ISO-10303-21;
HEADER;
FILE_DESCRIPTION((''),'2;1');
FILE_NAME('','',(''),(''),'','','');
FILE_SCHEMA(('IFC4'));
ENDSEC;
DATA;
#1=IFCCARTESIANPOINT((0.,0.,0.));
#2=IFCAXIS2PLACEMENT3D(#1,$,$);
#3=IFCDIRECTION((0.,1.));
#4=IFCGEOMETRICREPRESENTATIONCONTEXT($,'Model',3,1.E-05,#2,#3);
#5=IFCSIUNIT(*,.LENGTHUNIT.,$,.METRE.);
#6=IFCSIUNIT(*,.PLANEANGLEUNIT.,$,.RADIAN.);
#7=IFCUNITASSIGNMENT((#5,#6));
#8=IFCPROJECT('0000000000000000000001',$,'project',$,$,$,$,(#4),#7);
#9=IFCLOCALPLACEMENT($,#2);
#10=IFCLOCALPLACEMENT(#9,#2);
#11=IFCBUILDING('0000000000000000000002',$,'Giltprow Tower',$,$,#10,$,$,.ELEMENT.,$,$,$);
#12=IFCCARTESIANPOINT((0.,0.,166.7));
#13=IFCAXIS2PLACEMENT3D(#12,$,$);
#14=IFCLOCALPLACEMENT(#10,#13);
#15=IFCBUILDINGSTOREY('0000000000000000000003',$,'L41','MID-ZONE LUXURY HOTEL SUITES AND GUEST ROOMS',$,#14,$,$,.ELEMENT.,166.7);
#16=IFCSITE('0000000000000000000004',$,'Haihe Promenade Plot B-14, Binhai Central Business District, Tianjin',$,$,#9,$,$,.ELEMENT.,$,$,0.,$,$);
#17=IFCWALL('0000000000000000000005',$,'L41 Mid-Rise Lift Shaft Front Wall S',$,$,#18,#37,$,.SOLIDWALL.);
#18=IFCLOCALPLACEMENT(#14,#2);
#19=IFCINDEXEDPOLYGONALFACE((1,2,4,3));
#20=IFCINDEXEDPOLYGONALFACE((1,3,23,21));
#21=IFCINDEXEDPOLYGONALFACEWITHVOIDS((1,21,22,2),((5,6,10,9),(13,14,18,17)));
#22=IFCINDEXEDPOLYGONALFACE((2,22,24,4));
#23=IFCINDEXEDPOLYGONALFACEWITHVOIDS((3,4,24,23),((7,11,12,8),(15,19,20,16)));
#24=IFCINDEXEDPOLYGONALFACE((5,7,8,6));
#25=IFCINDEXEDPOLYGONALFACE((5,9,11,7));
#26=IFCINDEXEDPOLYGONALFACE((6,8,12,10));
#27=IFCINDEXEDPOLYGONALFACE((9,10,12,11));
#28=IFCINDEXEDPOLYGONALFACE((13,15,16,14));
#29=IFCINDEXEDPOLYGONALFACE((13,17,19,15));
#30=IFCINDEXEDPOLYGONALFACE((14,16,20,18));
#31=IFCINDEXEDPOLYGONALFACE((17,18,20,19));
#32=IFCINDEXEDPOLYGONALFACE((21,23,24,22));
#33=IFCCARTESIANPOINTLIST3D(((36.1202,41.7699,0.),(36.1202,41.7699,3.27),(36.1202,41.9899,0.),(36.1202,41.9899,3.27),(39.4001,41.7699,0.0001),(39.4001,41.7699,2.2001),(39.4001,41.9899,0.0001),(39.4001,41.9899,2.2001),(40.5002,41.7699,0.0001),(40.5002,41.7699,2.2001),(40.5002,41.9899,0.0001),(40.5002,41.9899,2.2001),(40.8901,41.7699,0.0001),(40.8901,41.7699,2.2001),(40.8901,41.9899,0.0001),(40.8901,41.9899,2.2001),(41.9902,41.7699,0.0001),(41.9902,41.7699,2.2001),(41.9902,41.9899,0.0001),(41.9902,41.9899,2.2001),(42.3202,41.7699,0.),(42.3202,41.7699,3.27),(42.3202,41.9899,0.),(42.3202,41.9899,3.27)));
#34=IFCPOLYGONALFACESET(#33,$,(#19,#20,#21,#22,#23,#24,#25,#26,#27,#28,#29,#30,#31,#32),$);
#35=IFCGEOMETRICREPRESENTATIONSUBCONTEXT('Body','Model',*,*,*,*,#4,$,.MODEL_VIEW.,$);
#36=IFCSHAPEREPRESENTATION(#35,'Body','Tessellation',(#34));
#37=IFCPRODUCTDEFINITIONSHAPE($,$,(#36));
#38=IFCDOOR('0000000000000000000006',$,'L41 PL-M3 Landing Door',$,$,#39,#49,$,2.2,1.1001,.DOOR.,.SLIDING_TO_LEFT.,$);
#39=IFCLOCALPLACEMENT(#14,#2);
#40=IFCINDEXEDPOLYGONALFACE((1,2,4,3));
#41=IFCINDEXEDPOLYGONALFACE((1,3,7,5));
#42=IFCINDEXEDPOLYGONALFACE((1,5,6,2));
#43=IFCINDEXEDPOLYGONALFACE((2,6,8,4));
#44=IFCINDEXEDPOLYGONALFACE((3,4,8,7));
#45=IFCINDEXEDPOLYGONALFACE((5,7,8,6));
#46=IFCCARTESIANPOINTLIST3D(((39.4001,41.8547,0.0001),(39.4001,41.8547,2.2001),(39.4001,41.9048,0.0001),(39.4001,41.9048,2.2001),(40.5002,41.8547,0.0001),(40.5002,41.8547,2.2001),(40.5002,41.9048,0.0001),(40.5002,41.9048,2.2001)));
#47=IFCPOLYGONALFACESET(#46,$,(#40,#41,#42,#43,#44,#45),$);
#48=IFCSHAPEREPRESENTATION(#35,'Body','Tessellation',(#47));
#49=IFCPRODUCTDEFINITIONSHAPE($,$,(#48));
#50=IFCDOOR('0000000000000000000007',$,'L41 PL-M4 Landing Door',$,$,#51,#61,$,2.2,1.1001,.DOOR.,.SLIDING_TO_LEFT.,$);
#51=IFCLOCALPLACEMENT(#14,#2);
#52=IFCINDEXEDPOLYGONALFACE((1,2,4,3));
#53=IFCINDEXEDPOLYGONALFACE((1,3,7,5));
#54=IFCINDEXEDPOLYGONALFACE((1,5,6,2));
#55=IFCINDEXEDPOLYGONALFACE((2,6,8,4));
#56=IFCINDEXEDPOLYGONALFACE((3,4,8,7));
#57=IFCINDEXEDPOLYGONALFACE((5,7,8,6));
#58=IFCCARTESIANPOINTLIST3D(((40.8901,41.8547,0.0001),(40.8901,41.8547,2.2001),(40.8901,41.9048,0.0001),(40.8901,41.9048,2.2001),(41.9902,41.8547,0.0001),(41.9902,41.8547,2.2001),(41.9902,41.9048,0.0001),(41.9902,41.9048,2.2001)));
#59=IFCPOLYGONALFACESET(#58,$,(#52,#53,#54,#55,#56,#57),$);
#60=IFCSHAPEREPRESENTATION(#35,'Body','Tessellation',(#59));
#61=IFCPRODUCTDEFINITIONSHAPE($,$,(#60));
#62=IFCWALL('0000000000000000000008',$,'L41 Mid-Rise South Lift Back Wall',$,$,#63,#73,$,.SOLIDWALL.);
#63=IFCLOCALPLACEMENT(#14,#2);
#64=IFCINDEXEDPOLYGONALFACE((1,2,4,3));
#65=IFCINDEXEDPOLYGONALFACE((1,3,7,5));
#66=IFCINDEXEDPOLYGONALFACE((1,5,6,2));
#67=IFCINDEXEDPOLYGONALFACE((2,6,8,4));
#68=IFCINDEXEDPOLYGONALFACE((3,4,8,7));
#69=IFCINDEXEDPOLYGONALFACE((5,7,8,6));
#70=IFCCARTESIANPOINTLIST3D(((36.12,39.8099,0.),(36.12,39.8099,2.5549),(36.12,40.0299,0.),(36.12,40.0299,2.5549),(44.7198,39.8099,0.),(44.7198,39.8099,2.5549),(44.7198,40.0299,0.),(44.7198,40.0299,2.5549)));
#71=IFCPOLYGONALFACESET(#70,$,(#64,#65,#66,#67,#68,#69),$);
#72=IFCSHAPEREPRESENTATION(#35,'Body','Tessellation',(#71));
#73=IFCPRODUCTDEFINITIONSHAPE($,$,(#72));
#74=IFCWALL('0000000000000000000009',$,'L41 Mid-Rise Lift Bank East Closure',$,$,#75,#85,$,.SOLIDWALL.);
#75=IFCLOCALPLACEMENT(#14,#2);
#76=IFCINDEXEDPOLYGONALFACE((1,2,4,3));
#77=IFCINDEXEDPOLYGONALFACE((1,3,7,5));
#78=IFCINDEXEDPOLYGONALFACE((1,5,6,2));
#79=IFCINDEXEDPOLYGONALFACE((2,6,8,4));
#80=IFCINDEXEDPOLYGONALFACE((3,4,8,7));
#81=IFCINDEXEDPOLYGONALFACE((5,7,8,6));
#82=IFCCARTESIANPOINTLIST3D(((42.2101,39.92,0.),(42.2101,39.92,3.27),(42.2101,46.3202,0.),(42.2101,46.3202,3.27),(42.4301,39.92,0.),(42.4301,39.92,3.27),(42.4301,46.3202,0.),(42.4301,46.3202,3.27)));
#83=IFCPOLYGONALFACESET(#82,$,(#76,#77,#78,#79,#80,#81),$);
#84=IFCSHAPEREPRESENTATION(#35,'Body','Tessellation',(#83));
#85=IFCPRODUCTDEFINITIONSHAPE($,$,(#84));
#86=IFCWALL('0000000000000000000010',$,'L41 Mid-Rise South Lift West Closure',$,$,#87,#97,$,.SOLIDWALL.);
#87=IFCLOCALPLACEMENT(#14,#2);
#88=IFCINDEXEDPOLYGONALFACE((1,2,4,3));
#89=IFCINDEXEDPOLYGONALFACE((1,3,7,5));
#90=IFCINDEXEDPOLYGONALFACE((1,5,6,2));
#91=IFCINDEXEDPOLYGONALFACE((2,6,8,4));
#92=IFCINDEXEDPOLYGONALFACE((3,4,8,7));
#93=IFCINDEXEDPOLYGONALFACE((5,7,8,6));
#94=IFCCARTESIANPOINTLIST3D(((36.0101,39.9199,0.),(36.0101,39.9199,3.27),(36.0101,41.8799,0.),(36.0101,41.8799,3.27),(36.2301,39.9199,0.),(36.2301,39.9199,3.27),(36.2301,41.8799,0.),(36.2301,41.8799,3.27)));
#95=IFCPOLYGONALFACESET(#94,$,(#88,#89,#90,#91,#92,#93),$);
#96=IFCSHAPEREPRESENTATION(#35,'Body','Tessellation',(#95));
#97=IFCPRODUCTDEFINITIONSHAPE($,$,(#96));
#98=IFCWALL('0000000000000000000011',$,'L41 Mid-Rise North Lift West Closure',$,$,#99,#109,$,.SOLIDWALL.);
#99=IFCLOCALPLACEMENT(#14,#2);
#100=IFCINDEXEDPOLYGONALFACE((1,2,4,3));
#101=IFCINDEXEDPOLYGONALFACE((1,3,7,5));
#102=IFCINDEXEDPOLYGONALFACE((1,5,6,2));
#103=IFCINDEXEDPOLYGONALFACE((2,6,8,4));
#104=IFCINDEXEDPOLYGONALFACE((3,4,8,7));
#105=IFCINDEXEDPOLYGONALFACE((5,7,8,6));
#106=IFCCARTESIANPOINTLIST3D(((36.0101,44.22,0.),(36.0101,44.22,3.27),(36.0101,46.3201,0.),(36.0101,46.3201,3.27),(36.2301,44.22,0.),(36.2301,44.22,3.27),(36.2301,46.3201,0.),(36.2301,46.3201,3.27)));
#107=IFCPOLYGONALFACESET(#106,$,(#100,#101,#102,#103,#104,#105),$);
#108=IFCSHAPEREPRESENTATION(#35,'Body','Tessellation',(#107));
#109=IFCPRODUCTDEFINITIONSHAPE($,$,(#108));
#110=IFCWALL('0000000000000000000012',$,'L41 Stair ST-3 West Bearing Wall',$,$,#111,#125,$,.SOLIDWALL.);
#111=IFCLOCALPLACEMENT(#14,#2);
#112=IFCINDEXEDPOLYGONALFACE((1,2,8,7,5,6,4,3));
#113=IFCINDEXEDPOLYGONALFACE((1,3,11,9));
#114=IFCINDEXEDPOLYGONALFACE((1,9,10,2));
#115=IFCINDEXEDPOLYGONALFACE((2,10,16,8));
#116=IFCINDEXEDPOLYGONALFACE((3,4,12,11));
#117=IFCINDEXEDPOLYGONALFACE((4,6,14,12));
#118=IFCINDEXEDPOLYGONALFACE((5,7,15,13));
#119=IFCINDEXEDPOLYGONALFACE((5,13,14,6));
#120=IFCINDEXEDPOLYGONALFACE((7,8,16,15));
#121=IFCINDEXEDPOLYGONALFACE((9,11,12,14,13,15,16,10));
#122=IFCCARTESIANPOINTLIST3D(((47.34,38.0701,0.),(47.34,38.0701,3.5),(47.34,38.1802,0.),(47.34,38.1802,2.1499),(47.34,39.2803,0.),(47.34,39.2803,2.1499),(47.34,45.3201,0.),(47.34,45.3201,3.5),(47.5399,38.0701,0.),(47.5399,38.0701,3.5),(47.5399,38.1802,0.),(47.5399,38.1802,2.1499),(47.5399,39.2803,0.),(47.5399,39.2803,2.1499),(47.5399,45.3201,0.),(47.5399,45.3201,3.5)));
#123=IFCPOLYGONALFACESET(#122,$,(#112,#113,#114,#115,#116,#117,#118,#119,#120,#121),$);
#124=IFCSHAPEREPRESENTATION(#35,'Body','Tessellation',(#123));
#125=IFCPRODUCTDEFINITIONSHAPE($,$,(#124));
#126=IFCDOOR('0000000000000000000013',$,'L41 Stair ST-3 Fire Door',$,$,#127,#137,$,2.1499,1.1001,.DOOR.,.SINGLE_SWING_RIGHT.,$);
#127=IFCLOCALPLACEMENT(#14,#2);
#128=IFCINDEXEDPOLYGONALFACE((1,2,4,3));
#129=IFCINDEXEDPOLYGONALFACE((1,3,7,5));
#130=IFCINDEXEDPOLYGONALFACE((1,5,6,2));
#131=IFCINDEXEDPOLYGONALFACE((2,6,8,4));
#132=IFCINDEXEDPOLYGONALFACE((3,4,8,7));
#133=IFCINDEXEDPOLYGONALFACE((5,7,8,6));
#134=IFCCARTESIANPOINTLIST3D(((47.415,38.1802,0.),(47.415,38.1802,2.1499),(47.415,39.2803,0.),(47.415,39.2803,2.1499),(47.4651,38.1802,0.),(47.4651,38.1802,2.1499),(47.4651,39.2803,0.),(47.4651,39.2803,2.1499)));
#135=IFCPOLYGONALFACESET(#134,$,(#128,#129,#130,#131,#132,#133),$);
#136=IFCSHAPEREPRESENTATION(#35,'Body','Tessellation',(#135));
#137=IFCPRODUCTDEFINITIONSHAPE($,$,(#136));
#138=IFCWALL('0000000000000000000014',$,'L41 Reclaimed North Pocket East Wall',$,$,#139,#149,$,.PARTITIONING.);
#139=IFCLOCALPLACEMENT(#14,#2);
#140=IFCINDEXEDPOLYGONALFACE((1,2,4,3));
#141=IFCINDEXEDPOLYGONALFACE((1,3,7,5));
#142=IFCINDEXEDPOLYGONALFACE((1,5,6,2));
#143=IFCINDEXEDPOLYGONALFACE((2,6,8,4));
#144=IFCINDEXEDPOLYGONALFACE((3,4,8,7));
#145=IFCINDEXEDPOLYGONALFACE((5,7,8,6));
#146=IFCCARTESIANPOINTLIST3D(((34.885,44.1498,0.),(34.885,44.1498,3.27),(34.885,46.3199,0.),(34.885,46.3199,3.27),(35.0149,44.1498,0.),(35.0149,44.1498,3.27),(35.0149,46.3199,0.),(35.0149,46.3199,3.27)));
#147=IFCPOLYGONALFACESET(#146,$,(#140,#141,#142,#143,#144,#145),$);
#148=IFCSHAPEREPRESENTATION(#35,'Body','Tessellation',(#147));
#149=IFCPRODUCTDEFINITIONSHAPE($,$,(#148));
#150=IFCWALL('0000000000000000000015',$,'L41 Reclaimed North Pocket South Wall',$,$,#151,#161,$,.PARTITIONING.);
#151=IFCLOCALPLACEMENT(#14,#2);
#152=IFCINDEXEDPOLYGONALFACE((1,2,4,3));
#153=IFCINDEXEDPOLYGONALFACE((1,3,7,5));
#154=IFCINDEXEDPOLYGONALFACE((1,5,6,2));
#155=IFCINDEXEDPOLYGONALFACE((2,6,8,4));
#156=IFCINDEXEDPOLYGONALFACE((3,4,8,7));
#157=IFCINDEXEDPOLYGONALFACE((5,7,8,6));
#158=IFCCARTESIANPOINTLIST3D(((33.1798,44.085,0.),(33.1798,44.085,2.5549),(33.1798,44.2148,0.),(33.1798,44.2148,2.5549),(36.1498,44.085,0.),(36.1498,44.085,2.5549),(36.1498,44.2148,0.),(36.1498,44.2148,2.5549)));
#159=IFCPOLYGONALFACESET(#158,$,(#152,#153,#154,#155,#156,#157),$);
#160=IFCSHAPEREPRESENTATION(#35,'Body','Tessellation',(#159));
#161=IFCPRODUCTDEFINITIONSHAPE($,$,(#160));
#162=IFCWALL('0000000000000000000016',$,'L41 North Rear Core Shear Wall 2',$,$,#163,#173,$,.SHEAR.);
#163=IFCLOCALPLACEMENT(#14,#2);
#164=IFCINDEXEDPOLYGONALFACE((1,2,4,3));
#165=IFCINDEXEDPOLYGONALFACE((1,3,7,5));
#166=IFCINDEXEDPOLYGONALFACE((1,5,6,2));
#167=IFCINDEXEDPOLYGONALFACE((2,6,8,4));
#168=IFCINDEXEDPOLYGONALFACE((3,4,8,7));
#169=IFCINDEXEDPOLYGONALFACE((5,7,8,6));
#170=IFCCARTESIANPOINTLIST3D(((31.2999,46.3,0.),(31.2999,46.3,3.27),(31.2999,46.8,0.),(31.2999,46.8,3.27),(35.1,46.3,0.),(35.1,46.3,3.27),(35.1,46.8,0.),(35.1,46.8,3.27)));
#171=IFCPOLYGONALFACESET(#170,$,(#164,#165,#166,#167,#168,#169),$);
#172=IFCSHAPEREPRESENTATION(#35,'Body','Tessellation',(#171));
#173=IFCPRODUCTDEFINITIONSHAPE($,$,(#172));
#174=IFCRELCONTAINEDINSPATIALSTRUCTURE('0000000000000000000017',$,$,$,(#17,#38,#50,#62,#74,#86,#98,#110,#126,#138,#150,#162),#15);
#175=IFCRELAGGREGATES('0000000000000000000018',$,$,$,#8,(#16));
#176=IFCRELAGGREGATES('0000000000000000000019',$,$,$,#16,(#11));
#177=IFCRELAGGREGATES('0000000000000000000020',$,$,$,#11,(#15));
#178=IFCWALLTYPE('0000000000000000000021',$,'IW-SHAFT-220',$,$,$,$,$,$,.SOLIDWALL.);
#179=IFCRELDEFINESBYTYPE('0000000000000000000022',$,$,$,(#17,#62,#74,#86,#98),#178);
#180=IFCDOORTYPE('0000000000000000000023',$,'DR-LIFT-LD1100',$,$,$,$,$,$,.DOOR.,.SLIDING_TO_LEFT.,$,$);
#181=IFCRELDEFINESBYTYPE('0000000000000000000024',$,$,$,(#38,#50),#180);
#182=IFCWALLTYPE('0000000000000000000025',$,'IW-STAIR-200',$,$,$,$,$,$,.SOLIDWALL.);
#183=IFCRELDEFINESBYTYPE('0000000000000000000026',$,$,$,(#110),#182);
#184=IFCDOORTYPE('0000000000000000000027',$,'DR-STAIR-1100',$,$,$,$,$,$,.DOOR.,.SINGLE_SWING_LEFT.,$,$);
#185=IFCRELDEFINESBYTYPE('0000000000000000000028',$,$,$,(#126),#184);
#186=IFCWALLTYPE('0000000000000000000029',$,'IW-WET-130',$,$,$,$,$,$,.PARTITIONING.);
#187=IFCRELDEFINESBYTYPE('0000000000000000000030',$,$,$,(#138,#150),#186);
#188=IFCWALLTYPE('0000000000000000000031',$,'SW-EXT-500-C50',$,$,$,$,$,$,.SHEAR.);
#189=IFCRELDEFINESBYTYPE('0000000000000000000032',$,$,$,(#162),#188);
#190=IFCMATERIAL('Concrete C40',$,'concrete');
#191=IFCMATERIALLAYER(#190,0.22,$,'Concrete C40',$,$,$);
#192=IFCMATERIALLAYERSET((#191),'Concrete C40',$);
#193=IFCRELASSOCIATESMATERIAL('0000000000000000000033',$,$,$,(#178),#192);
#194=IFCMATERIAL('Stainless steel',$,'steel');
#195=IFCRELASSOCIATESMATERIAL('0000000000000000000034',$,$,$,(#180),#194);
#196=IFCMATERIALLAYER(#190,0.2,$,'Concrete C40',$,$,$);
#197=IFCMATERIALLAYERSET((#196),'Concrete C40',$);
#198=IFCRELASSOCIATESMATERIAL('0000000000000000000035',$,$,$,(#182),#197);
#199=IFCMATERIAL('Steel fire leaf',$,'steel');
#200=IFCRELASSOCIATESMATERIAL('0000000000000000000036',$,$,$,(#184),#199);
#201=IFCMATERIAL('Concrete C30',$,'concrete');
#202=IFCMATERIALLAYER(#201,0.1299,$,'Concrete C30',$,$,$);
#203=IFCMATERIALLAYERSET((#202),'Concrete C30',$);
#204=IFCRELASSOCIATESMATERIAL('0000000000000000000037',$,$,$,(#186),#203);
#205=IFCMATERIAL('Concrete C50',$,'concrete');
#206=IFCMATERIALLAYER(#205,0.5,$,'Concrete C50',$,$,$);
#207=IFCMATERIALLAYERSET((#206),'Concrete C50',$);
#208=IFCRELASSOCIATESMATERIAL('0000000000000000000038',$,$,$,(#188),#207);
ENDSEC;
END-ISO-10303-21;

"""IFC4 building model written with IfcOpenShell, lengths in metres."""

from ifc_helpers import new_model, si_unit, direction, frame, frame_2d, origin, place, context, subcontext, project, spatial, rectangle, extrude, source, transform, mapped, material, layer, layer_set, type_object, element, fill, save


model = new_model("IFC4")

# Units and contexts
model_context = context("Model", 3, precision=1e-05, world=origin(), true_north=direction((0.0, 1.0)))
body_context = subcontext(model_context, "Body", "Model", "MODEL_VIEW")
ifc_project = project(units=[si_unit("LENGTHUNIT", "METRE"), si_unit("PLANEANGLEUNIT", "RADIAN")], contexts=[model_context])

# Site, building, storey
site_placement = place(None, origin())
site = spatial("IfcSite", under=ifc_project, at=site_placement, Name="Haihe Promenade Plot B-14, Binhai Central Business District, Tianjin", CompositionType="ELEMENT", RefElevation=0.0)
building_placement = place(site_placement, origin())
building = spatial("IfcBuilding", under=site, at=building_placement, Name="Giltprow Tower", CompositionType="ELEMENT")
storey_placement = place(building_placement, frame((0.0, 0.0, 166.7)))
storey = spatial("IfcBuildingStorey", under=building, at=storey_placement, Name="L41", Description="MID-ZONE LUXURY HOTEL SUITES AND GUEST ROOMS", CompositionType="ELEMENT", Elevation=166.7)

# Shared definitions
ifc_material_1 = material(Name="Concrete C50", Category="concrete")

# Shared definitions
ifc_material_2 = material(Name="Concrete C40", Category="concrete")
ifc_layer_1 = layer(ifc_material_2, 0.22, Name="Concrete C40")
ifc_layer_set_1 = layer_set([ifc_layer_1], Name="Concrete C40")
wall_type_1 = type_object("IfcWallType", Name="IW-SHAFT-220", PredefinedType="SOLIDWALL", material=ifc_layer_set_1)
ifc_material_3 = material(Name="Stainless steel", Category="steel")
door_type_1 = type_object("IfcDoorType", Name="DR-LIFT-LD1100", OperationType="SLIDING_TO_LEFT", PredefinedType="DOOR", material=ifc_material_3)
shared_shape_1 = source(origin(), body_context, "Body", "SweptSolid", [
    extrude(rectangle(XDim=1.1001, YDim=2.2, at=frame_2d((0.55, 1.1001))), frame((0.0, 0.0249, 0.0), z_axis=(0.0, -1.0, 0.0), x_axis=(1.0, 0.0, 0.0)), (0.0, 0.0, 1.0), 0.05),
])

# Wall, openings, doors
wall_1_placement = place(storey_placement, frame((36.1201, 41.8799, 0.0), z_axis=(0.0, 0.0, 1.0), x_axis=(1.0, 0.0, 0.0)))
wall_1 = element("IfcWall", 1, at=wall_1_placement, inside=storey, type_object=wall_type_1, Name="L41 Mid-Rise Lift Shaft Front Wall S", PredefinedType="SOLIDWALL", context=body_context, shape_type="SweptSolid", body=[
    extrude(rectangle(XDim=6.2, YDim=0.22, at=frame_2d((3.1001, 0.0))), origin(), (0.0, 0.0, 1.0), 3.27),
])
opening_1_placement = place(wall_1_placement, frame((3.28, 0.0, 0.0)))
opening_1 = element("IfcOpeningElement", 2, at=opening_1_placement, cuts=wall_1, PredefinedType="OPENING", context=body_context, shape_type="SweptSolid", body=[
    extrude(rectangle(XDim=1.1001, YDim=2.2, at=frame_2d((0.55, 1.1001))), frame((0.0, 0.1199, 0.0), z_axis=(0.0, -1.0, 0.0), x_axis=(1.0, 0.0, 0.0)), (0.0, 0.0, 1.0), 0.24),
])
opening_2_placement = place(wall_1_placement, frame((4.77, 0.0, 0.0)))
opening_2 = element("IfcOpeningElement", 3, at=opening_2_placement, cuts=wall_1, PredefinedType="OPENING", context=body_context, shape_type="SweptSolid", body=[
    extrude(rectangle(XDim=1.1001, YDim=2.2, at=frame_2d((0.55, 1.1001))), frame((0.0, 0.1199, 0.0), z_axis=(0.0, -1.0, 0.0), x_axis=(1.0, 0.0, 0.0)), (0.0, 0.0, 1.0), 0.24),
])
door_1_placement = place(opening_1_placement, origin())
door_1 = element("IfcDoor", 4, at=door_1_placement, inside=storey, type_object=door_type_1, Name="L41 PL-M3 Landing Door", OperationType="SLIDING_TO_LEFT", OverallHeight=2.2, OverallWidth=1.1001, PredefinedType="DOOR", context=body_context, shape_type="MappedRepresentation", body=[
    mapped(shared_shape_1, transform((0.0, 0.0, 0.0), x_axis=(1.0, 0.0, 0.0), y_axis=(0.0, 1.0, 0.0), z_axis=(0.0, 0.0, 1.0), scale=1.0)),
])
fill(opening_1, door_1)
door_2_placement = place(opening_2_placement, origin())
door_2 = element("IfcDoor", 5, at=door_2_placement, inside=storey, type_object=door_type_1, Name="L41 PL-M4 Landing Door", OperationType="SLIDING_TO_LEFT", OverallHeight=2.2, OverallWidth=1.1001, PredefinedType="DOOR", context=body_context, shape_type="MappedRepresentation", body=[
    mapped(shared_shape_1, transform((0.0, 0.0, 0.0), x_axis=(1.0, 0.0, 0.0), y_axis=(0.0, 1.0, 0.0), z_axis=(0.0, 0.0, 1.0), scale=1.0)),
])
fill(opening_2, door_2)

# Walls
wall_2_placement = place(storey_placement, frame((36.1201, 39.9199, 0.0), z_axis=(0.0, 0.0, 1.0), x_axis=(1.0, 0.0, 0.0)))
element("IfcWall", 6, at=wall_2_placement, inside=storey, type_object=wall_type_1, Name="L41 Mid-Rise South Lift Back Wall", PredefinedType="SOLIDWALL", context=body_context, shape_type="SweptSolid", body=[
    extrude(rectangle(XDim=8.5999, YDim=0.22, at=frame_2d((4.2998, 0.0))), origin(), (0.0, 0.0, 1.0), 2.5549),
])
wall_3_placement = place(storey_placement, frame((42.3201, 39.9199, 0.0), z_axis=(0.0, 0.0, 1.0), x_axis=(0.0, 1.0, 0.0)))
element("IfcWall", 7, at=wall_3_placement, inside=storey, type_object=wall_type_1, Name="L41 Mid-Rise Lift Bank East Closure", PredefinedType="SOLIDWALL", context=body_context, shape_type="SweptSolid", body=[
    extrude(rectangle(XDim=6.4001, YDim=0.22, at=frame_2d((3.2002, 0.0))), origin(), (0.0, 0.0, 1.0), 3.27),
])
wall_4_placement = place(storey_placement, frame((36.1201, 39.9199, 0.0), z_axis=(0.0, 0.0, 1.0), x_axis=(0.0, 1.0, 0.0)))
element("IfcWall", 8, at=wall_4_placement, inside=storey, type_object=wall_type_1, Name="L41 Mid-Rise South Lift West Closure", PredefinedType="SOLIDWALL", context=body_context, shape_type="SweptSolid", body=[
    extrude(rectangle(XDim=1.96, YDim=0.22, at=frame_2d((0.98, 0.0))), origin(), (0.0, 0.0, 1.0), 3.27),
])
wall_5_placement = place(storey_placement, frame((36.1201, 44.22, 0.0), z_axis=(0.0, 0.0, 1.0), x_axis=(0.0, 1.0, 0.0)))
element("IfcWall", 9, at=wall_5_placement, inside=storey, type_object=wall_type_1, Name="L41 Mid-Rise North Lift West Closure", PredefinedType="SOLIDWALL", context=body_context, shape_type="SweptSolid", body=[
    extrude(rectangle(XDim=2.1001, YDim=0.22, at=frame_2d((1.05, 0.0))), origin(), (0.0, 0.0, 1.0), 3.27),
])

# Wall, opening, door
ifc_layer_2 = layer(ifc_material_2, 0.2, Name="Concrete C40")
ifc_layer_set_2 = layer_set([ifc_layer_2], Name="Concrete C40")
wall_type_2 = type_object("IfcWallType", Name="IW-STAIR-200", PredefinedType="SOLIDWALL", material=ifc_layer_set_2)
wall_6_placement = place(storey_placement, frame((47.4399, 38.0701, 0.0), z_axis=(0.0, 0.0, 1.0), x_axis=(0.0, 1.0, 0.0)))
wall_6 = element("IfcWall", 10, at=wall_6_placement, inside=storey, type_object=wall_type_2, Name="L41 Stair ST-3 West Bearing Wall", PredefinedType="SOLIDWALL", context=body_context, shape_type="SweptSolid", body=[
    extrude(rectangle(XDim=7.25, YDim=0.2, at=frame_2d((3.625, 0.0))), origin(), (0.0, 0.0, 1.0), 3.5),
])
opening_3_placement = place(wall_6_placement, frame((0.1101, 0.0, 0.0)))
opening_3 = element("IfcOpeningElement", 11, at=opening_3_placement, cuts=wall_6, PredefinedType="OPENING", context=body_context, shape_type="SweptSolid", body=[
    extrude(rectangle(XDim=1.1001, YDim=2.1499, at=frame_2d((0.55, 1.075))), frame((0.0, 0.1099, 0.0), z_axis=(0.0, -1.0, 0.0), x_axis=(1.0, 0.0, 0.0)), (0.0, 0.0, 1.0), 0.22),
])
ifc_material_4 = material(Name="Steel fire leaf", Category="steel")
door_type_2 = type_object("IfcDoorType", Name="DR-STAIR-1100", OperationType="SINGLE_SWING_LEFT", PredefinedType="DOOR", material=ifc_material_4)
shared_shape_2 = source(origin(), body_context, "Body", "SweptSolid", [
    extrude(rectangle(XDim=1.1001, YDim=2.1499, at=frame_2d((0.55, 1.075))), frame((0.0, 0.0249, 0.0), z_axis=(0.0, -1.0, 0.0), x_axis=(1.0, 0.0, 0.0)), (0.0, 0.0, 1.0), 0.05),
])
door_3_placement = place(opening_3_placement, origin())
door_3 = element("IfcDoor", 12, at=door_3_placement, inside=storey, type_object=door_type_2, Name="L41 Stair ST-3 Fire Door", OperationType="SINGLE_SWING_RIGHT", OverallHeight=2.1499, OverallWidth=1.1001, PredefinedType="DOOR", context=body_context, shape_type="MappedRepresentation", body=[
    mapped(shared_shape_2, transform((0.0, 0.0, 0.0), x_axis=(1.0, 0.0, 0.0), y_axis=(0.0, 1.0, 0.0), z_axis=(0.0, 0.0, 1.0), scale=1.0)),
])
fill(opening_3, door_3)

# Walls
ifc_material_5 = material(Name="Concrete C30", Category="concrete")
ifc_layer_3 = layer(ifc_material_5, 0.1299, Name="Concrete C30")
ifc_layer_set_3 = layer_set([ifc_layer_3], Name="Concrete C30")
wall_type_3 = type_object("IfcWallType", Name="IW-WET-130", PredefinedType="PARTITIONING", material=ifc_layer_set_3)
wall_7_placement = place(storey_placement, frame((34.95, 44.1499, 0.0), z_axis=(0.0, 0.0, 1.0), x_axis=(0.0, 1.0, 0.0)))
element("IfcWall", 13, at=wall_7_placement, inside=storey, type_object=wall_type_3, Name="L41 Reclaimed North Pocket East Wall", PredefinedType="PARTITIONING", context=body_context, shape_type="SweptSolid", body=[
    extrude(rectangle(XDim=2.1702, YDim=0.1299, at=frame_2d((1.085, 0.0))), origin(), (0.0, 0.0, 1.0), 3.27),
])
wall_8_placement = place(storey_placement, frame((33.1799, 44.1499, 0.0), z_axis=(0.0, 0.0, 1.0), x_axis=(1.0, 0.0, 0.0)))
element("IfcWall", 14, at=wall_8_placement, inside=storey, type_object=wall_type_3, Name="L41 Reclaimed North Pocket South Wall", PredefinedType="PARTITIONING", context=body_context, shape_type="SweptSolid", body=[
    extrude(rectangle(XDim=2.97, YDim=0.1299, at=frame_2d((1.4849, 0.0))), origin(), (0.0, 0.0, 1.0), 2.5549),
])
ifc_layer_4 = layer(ifc_material_1, 0.5, Name="Concrete C50")
ifc_layer_set_4 = layer_set([ifc_layer_4], Name="Concrete C50")
wall_type_4 = type_object("IfcWallType", Name="SW-EXT-500-C50", PredefinedType="SHEAR", material=ifc_layer_set_4)
wall_9_placement = place(storey_placement, frame((31.3, 46.55, 0.0), z_axis=(0.0, 0.0, 1.0), x_axis=(1.0, 0.0, 0.0)))
element("IfcWall", 15, at=wall_9_placement, inside=storey, type_object=wall_type_4, Name="L41 North Rear Core Shear Wall 2", PredefinedType="SHEAR", context=body_context, shape_type="SweptSolid", body=[
    extrude(rectangle(XDim=3.8, YDim=0.5, at=frame_2d((1.8999, 0.0))), origin(), (0.0, 0.0, 1.0), 3.27),
])

save(model, "model.ifc")
